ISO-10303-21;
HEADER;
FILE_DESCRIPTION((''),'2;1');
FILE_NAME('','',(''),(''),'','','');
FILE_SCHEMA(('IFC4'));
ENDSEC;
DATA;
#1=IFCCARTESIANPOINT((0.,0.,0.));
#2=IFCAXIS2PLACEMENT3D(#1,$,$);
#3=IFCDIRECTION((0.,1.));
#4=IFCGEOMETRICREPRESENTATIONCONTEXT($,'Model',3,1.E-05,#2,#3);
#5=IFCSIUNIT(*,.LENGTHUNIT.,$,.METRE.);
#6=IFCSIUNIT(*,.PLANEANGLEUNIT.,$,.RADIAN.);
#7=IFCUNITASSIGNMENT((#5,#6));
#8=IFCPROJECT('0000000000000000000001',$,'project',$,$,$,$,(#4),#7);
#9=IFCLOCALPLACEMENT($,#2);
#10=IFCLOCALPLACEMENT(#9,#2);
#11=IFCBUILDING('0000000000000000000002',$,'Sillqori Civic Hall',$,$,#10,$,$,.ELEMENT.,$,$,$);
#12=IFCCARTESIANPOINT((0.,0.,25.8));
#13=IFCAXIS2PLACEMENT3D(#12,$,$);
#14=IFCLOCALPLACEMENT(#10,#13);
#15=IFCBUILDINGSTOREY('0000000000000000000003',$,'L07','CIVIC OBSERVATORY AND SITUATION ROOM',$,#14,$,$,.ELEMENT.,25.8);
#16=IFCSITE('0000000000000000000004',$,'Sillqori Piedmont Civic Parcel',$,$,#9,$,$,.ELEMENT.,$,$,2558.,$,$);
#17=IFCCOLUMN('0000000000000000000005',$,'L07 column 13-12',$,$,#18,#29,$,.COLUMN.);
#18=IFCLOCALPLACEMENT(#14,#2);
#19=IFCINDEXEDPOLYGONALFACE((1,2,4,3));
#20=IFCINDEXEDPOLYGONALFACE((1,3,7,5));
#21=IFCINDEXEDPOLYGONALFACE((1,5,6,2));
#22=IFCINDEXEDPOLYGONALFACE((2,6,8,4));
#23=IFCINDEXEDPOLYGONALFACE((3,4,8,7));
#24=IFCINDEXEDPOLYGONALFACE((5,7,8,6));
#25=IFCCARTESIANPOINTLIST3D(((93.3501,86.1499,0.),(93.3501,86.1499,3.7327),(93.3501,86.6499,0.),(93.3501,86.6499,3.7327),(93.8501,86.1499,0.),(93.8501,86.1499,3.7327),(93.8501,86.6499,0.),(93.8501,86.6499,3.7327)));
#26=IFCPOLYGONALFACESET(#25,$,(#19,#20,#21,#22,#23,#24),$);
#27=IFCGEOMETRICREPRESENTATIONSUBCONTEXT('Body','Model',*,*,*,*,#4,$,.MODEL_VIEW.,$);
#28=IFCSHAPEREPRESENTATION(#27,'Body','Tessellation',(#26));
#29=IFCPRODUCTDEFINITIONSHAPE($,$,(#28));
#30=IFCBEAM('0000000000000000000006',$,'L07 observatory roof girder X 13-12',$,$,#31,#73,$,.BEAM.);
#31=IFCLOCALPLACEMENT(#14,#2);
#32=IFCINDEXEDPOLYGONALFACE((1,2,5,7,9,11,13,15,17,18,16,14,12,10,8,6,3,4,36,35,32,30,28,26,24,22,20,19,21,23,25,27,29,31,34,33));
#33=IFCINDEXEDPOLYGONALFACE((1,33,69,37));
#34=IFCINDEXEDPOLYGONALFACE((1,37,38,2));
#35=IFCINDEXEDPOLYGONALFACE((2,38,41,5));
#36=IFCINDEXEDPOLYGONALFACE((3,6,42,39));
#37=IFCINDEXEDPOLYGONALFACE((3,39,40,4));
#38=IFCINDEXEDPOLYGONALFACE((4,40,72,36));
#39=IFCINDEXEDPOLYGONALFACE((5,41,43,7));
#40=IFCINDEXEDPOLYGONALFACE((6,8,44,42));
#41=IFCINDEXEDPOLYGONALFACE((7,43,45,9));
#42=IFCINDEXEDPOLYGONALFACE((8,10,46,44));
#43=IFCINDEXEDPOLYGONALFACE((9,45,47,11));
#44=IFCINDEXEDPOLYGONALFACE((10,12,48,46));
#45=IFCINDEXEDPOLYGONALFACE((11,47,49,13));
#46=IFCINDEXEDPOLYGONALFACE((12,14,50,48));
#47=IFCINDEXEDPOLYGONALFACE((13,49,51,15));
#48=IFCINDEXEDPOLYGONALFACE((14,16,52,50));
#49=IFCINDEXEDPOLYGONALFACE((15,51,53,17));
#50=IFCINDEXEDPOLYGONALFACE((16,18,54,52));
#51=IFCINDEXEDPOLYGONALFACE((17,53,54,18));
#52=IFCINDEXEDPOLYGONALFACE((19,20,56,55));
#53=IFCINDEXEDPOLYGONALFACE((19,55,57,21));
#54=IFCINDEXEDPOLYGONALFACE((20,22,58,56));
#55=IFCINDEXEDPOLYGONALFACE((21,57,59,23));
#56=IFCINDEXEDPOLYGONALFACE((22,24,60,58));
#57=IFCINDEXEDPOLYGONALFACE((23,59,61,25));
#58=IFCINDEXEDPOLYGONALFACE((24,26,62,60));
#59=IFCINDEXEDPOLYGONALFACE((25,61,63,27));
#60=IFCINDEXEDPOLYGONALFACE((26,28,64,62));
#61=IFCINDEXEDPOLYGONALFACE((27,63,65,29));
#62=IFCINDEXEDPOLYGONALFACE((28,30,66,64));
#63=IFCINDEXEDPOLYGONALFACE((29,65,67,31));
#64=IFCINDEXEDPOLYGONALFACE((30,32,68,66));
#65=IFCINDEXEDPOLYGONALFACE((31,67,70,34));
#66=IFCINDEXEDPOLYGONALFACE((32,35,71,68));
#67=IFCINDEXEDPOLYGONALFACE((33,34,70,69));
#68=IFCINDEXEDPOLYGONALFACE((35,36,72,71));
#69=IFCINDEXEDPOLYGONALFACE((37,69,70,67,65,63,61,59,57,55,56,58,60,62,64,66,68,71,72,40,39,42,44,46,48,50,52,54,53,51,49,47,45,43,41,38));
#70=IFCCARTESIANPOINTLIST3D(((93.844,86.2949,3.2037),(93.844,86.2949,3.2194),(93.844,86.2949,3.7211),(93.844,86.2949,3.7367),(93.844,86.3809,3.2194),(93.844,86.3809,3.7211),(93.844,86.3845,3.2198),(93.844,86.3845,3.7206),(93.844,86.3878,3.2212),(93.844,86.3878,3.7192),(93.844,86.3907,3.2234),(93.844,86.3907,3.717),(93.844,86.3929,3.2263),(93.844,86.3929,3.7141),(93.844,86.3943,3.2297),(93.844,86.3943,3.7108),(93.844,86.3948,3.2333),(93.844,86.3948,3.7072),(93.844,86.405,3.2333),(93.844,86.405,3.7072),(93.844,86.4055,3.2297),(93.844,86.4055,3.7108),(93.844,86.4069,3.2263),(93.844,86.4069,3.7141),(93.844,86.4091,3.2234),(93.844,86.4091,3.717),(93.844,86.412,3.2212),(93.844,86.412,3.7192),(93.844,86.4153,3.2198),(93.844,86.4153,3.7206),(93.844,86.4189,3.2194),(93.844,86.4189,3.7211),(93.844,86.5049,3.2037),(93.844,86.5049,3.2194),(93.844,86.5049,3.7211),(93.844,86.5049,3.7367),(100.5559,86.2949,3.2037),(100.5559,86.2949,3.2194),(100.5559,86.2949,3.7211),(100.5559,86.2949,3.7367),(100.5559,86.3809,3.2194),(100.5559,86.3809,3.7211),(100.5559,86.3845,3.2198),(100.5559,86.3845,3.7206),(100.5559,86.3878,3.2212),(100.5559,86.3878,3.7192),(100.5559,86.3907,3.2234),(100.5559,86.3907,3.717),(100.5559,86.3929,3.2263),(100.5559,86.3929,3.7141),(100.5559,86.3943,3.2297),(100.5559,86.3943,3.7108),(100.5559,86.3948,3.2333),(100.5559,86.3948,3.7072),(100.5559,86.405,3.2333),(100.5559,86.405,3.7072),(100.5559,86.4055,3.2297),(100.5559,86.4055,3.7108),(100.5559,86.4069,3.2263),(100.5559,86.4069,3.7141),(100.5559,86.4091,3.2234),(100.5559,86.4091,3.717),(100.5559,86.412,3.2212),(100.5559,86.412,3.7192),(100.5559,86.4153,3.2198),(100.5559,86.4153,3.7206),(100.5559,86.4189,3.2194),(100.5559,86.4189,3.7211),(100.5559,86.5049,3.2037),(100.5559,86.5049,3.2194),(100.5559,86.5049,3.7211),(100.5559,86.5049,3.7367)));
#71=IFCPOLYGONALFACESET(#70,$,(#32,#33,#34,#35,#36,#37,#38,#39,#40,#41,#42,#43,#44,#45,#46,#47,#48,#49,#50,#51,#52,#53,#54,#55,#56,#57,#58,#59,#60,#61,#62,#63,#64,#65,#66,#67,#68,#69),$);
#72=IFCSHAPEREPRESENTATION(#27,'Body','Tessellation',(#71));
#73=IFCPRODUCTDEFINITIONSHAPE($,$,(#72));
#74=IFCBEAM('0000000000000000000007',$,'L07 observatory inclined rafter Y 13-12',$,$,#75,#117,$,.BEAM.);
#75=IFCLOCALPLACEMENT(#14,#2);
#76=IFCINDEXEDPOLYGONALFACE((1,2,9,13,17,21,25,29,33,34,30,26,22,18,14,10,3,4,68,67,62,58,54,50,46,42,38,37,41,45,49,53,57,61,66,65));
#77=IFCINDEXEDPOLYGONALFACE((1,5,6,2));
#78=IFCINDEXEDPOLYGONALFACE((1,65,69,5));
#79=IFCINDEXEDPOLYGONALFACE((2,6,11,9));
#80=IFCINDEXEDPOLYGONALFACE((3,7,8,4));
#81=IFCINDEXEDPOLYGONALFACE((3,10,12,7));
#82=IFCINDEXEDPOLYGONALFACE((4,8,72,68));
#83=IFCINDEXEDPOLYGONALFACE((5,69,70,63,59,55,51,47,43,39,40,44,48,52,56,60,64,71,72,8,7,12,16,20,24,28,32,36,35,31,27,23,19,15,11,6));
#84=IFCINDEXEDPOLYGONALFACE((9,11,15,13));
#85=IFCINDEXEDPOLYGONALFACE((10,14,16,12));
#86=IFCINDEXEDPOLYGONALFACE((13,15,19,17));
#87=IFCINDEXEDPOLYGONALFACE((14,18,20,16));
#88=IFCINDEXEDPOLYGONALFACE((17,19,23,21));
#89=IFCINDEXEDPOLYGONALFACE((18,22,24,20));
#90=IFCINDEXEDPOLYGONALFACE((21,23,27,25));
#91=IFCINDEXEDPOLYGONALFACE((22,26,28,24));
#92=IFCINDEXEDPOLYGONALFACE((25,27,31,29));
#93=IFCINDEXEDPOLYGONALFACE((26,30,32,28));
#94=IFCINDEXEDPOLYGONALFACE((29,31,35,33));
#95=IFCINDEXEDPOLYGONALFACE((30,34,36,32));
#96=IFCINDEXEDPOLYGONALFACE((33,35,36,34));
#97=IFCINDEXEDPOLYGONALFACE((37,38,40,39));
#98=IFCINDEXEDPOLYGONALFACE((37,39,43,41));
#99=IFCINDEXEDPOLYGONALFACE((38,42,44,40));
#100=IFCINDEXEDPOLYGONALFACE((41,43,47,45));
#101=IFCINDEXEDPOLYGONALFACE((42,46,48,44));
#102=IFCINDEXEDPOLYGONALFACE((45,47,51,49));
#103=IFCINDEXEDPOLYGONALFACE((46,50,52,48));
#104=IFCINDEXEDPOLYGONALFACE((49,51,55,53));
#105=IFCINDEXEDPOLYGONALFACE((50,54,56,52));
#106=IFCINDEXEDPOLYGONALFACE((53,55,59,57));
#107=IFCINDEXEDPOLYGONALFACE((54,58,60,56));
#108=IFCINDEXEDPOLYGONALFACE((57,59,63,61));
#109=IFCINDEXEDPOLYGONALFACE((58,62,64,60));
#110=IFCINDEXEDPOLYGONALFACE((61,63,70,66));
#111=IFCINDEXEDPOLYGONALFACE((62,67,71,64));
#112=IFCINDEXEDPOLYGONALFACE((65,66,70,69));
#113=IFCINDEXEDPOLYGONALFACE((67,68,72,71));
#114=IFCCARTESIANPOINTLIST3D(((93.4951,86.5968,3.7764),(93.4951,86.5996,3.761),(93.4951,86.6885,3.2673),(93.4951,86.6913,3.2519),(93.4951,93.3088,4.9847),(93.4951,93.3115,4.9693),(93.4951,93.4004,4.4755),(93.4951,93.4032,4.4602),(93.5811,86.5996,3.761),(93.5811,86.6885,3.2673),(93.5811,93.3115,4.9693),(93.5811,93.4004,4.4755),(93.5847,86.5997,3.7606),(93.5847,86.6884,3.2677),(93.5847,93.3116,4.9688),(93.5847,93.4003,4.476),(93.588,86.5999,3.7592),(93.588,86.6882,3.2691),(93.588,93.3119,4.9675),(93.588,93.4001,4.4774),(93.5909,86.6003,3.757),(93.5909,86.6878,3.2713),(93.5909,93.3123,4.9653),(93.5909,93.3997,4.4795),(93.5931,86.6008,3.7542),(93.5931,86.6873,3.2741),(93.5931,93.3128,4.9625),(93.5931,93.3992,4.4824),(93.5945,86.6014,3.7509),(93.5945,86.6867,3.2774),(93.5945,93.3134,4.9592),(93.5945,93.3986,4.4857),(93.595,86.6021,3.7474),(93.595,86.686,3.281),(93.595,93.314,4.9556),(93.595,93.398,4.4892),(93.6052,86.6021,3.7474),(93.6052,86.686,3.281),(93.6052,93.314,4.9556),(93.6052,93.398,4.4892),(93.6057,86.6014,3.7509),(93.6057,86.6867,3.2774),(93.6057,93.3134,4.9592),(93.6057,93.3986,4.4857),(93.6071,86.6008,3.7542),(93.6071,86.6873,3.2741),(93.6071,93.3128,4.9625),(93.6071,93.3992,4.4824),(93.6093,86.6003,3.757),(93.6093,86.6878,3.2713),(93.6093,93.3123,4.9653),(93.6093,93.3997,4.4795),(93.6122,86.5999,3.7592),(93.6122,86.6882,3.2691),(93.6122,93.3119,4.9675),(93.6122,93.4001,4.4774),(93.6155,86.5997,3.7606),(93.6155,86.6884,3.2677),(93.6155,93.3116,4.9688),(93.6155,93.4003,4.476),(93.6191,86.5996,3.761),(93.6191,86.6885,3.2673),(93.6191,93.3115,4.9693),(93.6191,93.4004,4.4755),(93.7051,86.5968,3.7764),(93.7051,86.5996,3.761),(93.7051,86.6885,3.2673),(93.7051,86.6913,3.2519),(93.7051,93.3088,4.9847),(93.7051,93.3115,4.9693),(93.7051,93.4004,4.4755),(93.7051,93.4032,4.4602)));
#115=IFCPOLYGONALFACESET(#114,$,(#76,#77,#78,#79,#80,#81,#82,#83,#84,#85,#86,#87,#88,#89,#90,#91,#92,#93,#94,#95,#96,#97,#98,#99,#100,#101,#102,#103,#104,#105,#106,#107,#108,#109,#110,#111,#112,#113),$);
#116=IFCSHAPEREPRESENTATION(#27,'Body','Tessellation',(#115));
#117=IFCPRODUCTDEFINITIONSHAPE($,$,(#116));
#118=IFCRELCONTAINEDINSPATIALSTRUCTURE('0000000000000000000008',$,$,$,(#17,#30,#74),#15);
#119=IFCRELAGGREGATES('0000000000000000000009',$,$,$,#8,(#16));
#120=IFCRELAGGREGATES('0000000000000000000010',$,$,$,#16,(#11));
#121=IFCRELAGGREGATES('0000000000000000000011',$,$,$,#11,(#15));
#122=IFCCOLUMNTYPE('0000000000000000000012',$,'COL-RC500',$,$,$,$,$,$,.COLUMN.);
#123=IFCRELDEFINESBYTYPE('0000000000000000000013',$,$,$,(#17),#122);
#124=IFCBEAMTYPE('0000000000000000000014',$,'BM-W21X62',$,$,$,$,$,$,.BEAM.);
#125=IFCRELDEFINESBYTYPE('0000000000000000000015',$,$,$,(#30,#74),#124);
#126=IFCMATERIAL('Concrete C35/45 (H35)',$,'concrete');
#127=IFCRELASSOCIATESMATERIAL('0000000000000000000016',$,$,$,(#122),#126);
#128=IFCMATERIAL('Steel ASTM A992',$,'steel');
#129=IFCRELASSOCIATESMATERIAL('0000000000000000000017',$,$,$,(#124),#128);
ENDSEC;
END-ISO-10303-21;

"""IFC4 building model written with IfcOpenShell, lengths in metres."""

from ifc_helpers import new_model, si_unit, direction, frame, origin, origin_2d, place, context, subcontext, project, spatial, rectangle, i_section, extrude, material, material_profile, profile_set, type_object, element, save


model = new_model("IFC4")

# Units and contexts
model_context = context("Model", 3, precision=1e-05, world=origin(), true_north=direction((0.0, 1.0)))
body_context = subcontext(model_context, "Body", "Model", "MODEL_VIEW")
ifc_project = project(units=[si_unit("LENGTHUNIT", "METRE"), si_unit("PLANEANGLEUNIT", "RADIAN")], contexts=[model_context])

# Site, building, storey
site_placement = place(None, origin())
site = spatial("IfcSite", under=ifc_project, at=site_placement, Name="Sillqori Piedmont Civic Parcel", CompositionType="ELEMENT", RefElevation=2558.0)
building_placement = place(site_placement, origin())
building = spatial("IfcBuilding", under=site, at=building_placement, Name="Sillqori Civic Hall", CompositionType="ELEMENT")
storey_placement = place(building_placement, frame((0.0, 0.0, 25.8)))
storey = spatial("IfcBuildingStorey", under=building, at=storey_placement, Name="L07", Description="CIVIC OBSERVATORY AND SITUATION ROOM", CompositionType="ELEMENT", Elevation=25.8)

# Column
ifc_material_1 = material(Name="Concrete C35/45 (H35)", Category="concrete")
ifc_material_profile_1 = material_profile(ifc_material_1, rectangle(XDim=0.5, YDim=0.5, at=origin_2d()), Name="RC 500x500")
ifc_profile_set_1 = profile_set([ifc_material_profile_1], Name="Concrete C35/45 (H35)")
column_type = type_object("IfcColumnType", Name="COL-RC500", PredefinedType="COLUMN", material=ifc_profile_set_1)
column_placement = place(storey_placement, frame((93.6001, 86.3999, 0.0), z_axis=(0.0, 0.0, 1.0), x_axis=(1.0, 0.0, 0.0)))
element("IfcColumn", 1, at=column_placement, inside=storey, type_object=column_type, Name="L07 column 13-12", PredefinedType="COLUMN", context=body_context, shape_type="SweptSolid", body=[
    extrude(rectangle(XDim=0.5, YDim=0.5, at=origin_2d()), origin(), (0.0, 0.0, 1.0), 3.7327),
])

# Beams
ifc_material_2 = material(Name="Steel ASTM A992", Category="steel")
ifc_material_profile_2 = material_profile(ifc_material_2, i_section(OverallWidth=0.21, OverallDepth=0.533, WebThickness=0.0103, FlangeThickness=0.0156, FilletRadius=0.0139, at=origin_2d()), Name="W21X62")
ifc_profile_set_2 = profile_set([ifc_material_profile_2], Name="Steel ASTM A992")
beam_type = type_object("IfcBeamType", Name="BM-W21X62", PredefinedType="BEAM", material=ifc_profile_set_2)
beam_1_placement = place(storey_placement, frame((93.844, 86.3999, 3.4702), z_axis=(1.0, 0.0, 0.0), x_axis=(0.0, 1.0, 0.0)))
element("IfcBeam", 2, at=beam_1_placement, inside=storey, type_object=beam_type, Name="L07 observatory roof girder X 13-12", PredefinedType="BEAM", context=body_context, shape_type="SweptSolid", body=[
    extrude(i_section(OverallWidth=0.21, OverallDepth=0.533, WebThickness=0.0103, FlangeThickness=0.0156, FilletRadius=0.0139, at=origin_2d()), origin(), (0.0, 0.0, 1.0), 6.7119),
])
beam_2_placement = place(storey_placement, frame((93.6001, 86.644, 3.5142), z_axis=(0.0, 0.984181, 0.177168), x_axis=(-1.0, 0.0, 0.0)))
element("IfcBeam", 3, at=beam_2_placement, inside=storey, type_object=beam_type, Name="L07 observatory inclined rafter Y 13-12", PredefinedType="BEAM", context=body_context, shape_type="SweptSolid", body=[
    extrude(i_section(OverallWidth=0.21, OverallDepth=0.533, WebThickness=0.0103, FlangeThickness=0.0156, FilletRadius=0.0139, at=origin_2d()), origin(), (0.0, 0.0, 1.0), 6.8198),
])

save(model, "model.ifc")
